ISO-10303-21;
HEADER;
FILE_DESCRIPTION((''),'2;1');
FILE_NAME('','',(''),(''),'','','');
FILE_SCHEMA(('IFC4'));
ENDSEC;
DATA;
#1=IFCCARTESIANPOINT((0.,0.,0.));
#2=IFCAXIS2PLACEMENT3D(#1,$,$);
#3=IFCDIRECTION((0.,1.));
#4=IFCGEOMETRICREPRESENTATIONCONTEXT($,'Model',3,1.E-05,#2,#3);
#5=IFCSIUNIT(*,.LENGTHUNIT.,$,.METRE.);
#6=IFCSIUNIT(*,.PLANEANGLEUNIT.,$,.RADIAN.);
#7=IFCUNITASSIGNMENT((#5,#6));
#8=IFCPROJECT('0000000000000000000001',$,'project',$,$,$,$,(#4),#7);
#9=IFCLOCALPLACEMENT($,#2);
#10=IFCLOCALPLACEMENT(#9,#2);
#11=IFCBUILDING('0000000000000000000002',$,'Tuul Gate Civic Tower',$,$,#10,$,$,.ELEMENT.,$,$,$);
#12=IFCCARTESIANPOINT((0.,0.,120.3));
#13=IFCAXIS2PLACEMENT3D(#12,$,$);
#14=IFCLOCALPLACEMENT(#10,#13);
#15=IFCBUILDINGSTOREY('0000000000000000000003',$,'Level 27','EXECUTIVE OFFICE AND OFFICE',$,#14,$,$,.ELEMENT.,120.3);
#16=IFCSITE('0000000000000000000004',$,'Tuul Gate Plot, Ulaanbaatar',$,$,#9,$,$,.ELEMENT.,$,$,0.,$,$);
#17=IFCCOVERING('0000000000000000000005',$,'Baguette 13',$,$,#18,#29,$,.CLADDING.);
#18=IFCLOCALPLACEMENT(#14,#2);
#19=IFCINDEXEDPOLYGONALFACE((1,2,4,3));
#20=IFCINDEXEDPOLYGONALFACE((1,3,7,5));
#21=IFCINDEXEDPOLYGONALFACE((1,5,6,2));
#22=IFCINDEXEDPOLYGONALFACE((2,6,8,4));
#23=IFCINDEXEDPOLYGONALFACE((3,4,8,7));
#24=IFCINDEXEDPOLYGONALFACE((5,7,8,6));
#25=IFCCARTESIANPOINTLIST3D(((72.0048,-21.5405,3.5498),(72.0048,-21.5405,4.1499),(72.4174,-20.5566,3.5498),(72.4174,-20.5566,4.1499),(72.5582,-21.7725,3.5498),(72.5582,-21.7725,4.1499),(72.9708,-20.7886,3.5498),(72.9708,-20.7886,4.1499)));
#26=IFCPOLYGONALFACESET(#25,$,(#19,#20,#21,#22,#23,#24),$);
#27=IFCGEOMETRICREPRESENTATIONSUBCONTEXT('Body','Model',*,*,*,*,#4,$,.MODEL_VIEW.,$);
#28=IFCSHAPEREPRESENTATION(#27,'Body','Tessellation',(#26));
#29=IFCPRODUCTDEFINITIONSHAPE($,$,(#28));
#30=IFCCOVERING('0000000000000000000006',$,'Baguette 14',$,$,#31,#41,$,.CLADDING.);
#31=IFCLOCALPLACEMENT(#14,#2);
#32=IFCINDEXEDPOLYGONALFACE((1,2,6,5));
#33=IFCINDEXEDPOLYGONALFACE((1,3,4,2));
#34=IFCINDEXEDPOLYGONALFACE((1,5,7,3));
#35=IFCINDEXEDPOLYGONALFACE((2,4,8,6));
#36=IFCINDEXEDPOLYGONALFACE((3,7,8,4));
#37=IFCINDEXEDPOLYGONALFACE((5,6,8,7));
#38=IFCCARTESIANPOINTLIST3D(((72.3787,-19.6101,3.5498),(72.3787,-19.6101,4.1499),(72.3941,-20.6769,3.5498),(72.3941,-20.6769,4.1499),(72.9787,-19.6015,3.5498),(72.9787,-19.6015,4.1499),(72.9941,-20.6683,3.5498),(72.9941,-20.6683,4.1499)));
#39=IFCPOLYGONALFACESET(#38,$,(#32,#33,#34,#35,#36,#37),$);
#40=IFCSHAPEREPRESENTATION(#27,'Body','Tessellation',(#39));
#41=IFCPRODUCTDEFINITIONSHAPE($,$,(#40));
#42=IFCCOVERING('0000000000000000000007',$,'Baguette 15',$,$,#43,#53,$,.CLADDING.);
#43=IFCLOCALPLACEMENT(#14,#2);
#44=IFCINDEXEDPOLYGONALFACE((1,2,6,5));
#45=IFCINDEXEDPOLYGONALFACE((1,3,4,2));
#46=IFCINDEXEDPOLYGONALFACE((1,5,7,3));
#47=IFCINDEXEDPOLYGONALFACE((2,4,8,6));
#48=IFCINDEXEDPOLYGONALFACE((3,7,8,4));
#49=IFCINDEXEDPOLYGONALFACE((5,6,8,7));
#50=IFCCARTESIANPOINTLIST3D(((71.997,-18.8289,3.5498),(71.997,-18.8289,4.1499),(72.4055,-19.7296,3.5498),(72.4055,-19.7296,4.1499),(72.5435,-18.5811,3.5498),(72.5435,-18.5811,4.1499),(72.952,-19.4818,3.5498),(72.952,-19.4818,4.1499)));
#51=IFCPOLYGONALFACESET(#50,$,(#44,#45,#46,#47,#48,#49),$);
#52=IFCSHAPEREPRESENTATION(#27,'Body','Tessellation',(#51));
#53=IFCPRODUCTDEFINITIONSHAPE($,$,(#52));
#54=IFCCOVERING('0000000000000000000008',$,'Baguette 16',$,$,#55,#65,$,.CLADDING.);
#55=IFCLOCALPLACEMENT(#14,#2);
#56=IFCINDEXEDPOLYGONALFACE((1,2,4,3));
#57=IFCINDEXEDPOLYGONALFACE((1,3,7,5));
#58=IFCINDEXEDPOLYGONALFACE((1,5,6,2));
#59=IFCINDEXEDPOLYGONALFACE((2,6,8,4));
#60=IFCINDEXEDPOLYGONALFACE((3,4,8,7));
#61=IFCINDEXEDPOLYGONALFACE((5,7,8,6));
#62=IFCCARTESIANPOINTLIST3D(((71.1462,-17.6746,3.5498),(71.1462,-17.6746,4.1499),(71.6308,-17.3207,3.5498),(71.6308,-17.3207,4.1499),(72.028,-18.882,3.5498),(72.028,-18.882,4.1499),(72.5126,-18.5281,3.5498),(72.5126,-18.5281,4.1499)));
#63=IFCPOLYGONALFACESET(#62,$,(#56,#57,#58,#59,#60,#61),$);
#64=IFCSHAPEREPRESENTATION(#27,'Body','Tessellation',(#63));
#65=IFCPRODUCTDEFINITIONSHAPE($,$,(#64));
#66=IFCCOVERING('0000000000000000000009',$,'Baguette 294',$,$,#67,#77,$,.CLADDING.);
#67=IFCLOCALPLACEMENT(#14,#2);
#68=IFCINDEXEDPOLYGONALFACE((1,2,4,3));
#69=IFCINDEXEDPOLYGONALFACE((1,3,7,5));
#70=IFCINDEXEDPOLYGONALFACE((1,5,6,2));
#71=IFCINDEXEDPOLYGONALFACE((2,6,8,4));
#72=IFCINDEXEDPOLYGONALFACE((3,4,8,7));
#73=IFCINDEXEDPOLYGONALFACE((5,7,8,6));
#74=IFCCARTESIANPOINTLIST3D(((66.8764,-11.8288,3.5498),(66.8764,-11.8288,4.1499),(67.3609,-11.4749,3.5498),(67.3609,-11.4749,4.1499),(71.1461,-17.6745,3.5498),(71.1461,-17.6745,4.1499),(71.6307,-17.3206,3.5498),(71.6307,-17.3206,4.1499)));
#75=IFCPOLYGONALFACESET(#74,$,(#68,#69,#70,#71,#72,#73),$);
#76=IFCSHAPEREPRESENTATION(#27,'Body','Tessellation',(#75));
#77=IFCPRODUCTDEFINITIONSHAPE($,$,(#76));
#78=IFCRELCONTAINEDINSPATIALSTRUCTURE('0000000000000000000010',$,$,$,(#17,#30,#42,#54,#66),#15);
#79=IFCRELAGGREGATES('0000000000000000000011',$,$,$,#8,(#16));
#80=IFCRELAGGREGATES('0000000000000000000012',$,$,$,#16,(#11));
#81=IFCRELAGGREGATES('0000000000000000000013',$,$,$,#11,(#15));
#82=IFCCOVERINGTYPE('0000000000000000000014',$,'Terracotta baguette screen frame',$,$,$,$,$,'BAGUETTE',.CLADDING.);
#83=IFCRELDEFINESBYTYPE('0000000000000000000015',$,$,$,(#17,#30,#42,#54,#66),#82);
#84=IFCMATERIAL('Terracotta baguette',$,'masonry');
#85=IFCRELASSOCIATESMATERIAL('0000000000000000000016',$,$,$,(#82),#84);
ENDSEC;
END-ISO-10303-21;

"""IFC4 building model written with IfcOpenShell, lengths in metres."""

from ifc_helpers import new_model, si_unit, direction, frame, origin, origin_2d, place, context, subcontext, project, spatial, rectangle, extrude, material, material_profile, profile_set, type_object, element, save


model = new_model("IFC4")

# Units and contexts
model_context = context("Model", 3, precision=1e-05, world=origin(), true_north=direction((0.0, 1.0)))
body_context = subcontext(model_context, "Body", "Model", "MODEL_VIEW")
ifc_project = project(units=[si_unit("LENGTHUNIT", "METRE"), si_unit("PLANEANGLEUNIT", "RADIAN")], contexts=[model_context])

# Site, building, storey
site_placement = place(None, origin())
site = spatial("IfcSite", under=ifc_project, at=site_placement, Name="Tuul Gate Plot, Ulaanbaatar", CompositionType="ELEMENT", RefElevation=0.0)
building_placement = place(site_placement, origin())
building = spatial("IfcBuilding", under=site, at=building_placement, Name="Tuul Gate Civic Tower", CompositionType="ELEMENT")
storey_placement = place(building_placement, frame((0.0, 0.0, 120.3)))
storey = spatial("IfcBuildingStorey", under=building, at=storey_placement, Name="Level 27", Description="EXECUTIVE OFFICE AND OFFICE", CompositionType="ELEMENT", Elevation=120.3)

# Coverings
ifc_material_1 = material(Name="Terracotta baguette", Category="masonry")
ifc_material_profile_1 = material_profile(ifc_material_1, rectangle(XDim=0.6001, YDim=0.6001, at=origin_2d()), Name="Terracotta baguette screen frame")
ifc_profile_set_1 = profile_set([ifc_material_profile_1], Name="Terracotta baguette")
covering_type = type_object("IfcCoveringType", Name="Terracotta baguette screen frame", ElementType="BAGUETTE", PredefinedType="CLADDING", material=ifc_profile_set_1)
for number, where, z_axis, x_axis, name in (
    (1, (72.2815, -21.6565, 3.8499), (0.386727, 0.922194, 0.0), (-0.922194, 0.386727, 0.0), "Baguette 13"),
    (2, (72.6941, -20.6726, 3.8499), (-0.014415, 0.999896, 0.0), (-0.999896, -0.014415, 0.0), "Baguette 14"),
):
    element("IfcCovering", number, at=place(storey_placement, frame(where, z_axis=z_axis, x_axis=x_axis)), inside=storey, type_object=covering_type, Name=name, PredefinedType="CLADDING", context=body_context, shape_type="SweptSolid", body=[
        extrude(rectangle(XDim=0.6001, YDim=0.6001, at=origin_2d()), origin(), (0.0, 0.0, 1.0), 1.0669),
    ])
covering_1_placement = place(storey_placement, frame((72.6787, -19.6057, 3.8499), z_axis=(-0.413022, 0.910721, 0.0), x_axis=(-0.910721, -0.413022, 0.0)))
element("IfcCovering", 3, at=covering_1_placement, inside=storey, type_object=covering_type, Name="Baguette 15", PredefinedType="CLADDING", context=body_context, shape_type="SweptSolid", body=[
    extrude(rectangle(XDim=0.6001, YDim=0.6001, at=origin_2d()), origin(), (0.0, 0.0, 1.0), 0.989),
])
covering_2_placement = place(storey_placement, frame((72.2703, -18.7051, 3.8499), z_axis=(-0.589763, 0.807577, 0.0), x_axis=(-0.807577, -0.589763, 0.0)))
element("IfcCovering", 4, at=covering_2_placement, inside=storey, type_object=covering_type, Name="Baguette 16", PredefinedType="CLADDING", context=body_context, shape_type="SweptSolid", body=[
    extrude(rectangle(XDim=0.6001, YDim=0.6001, at=origin_2d()), origin(), (0.0, 0.0, 1.0), 1.4951),
])
covering_3_placement = place(storey_placement, frame((71.3884, -17.4976, 3.8499), z_axis=(-0.589829, 0.807528, 0.0), x_axis=(-0.807528, -0.589829, 0.0)))
element("IfcCovering", 5, at=covering_3_placement, inside=storey, type_object=covering_type, Name="Baguette 294", PredefinedType="CLADDING", context=body_context, shape_type="SweptSolid", body=[
    extrude(rectangle(XDim=0.6001, YDim=0.6001, at=origin_2d()), origin(), (0.0, 0.0, 1.0), 7.239),
])

save(model, "model.ifc")
